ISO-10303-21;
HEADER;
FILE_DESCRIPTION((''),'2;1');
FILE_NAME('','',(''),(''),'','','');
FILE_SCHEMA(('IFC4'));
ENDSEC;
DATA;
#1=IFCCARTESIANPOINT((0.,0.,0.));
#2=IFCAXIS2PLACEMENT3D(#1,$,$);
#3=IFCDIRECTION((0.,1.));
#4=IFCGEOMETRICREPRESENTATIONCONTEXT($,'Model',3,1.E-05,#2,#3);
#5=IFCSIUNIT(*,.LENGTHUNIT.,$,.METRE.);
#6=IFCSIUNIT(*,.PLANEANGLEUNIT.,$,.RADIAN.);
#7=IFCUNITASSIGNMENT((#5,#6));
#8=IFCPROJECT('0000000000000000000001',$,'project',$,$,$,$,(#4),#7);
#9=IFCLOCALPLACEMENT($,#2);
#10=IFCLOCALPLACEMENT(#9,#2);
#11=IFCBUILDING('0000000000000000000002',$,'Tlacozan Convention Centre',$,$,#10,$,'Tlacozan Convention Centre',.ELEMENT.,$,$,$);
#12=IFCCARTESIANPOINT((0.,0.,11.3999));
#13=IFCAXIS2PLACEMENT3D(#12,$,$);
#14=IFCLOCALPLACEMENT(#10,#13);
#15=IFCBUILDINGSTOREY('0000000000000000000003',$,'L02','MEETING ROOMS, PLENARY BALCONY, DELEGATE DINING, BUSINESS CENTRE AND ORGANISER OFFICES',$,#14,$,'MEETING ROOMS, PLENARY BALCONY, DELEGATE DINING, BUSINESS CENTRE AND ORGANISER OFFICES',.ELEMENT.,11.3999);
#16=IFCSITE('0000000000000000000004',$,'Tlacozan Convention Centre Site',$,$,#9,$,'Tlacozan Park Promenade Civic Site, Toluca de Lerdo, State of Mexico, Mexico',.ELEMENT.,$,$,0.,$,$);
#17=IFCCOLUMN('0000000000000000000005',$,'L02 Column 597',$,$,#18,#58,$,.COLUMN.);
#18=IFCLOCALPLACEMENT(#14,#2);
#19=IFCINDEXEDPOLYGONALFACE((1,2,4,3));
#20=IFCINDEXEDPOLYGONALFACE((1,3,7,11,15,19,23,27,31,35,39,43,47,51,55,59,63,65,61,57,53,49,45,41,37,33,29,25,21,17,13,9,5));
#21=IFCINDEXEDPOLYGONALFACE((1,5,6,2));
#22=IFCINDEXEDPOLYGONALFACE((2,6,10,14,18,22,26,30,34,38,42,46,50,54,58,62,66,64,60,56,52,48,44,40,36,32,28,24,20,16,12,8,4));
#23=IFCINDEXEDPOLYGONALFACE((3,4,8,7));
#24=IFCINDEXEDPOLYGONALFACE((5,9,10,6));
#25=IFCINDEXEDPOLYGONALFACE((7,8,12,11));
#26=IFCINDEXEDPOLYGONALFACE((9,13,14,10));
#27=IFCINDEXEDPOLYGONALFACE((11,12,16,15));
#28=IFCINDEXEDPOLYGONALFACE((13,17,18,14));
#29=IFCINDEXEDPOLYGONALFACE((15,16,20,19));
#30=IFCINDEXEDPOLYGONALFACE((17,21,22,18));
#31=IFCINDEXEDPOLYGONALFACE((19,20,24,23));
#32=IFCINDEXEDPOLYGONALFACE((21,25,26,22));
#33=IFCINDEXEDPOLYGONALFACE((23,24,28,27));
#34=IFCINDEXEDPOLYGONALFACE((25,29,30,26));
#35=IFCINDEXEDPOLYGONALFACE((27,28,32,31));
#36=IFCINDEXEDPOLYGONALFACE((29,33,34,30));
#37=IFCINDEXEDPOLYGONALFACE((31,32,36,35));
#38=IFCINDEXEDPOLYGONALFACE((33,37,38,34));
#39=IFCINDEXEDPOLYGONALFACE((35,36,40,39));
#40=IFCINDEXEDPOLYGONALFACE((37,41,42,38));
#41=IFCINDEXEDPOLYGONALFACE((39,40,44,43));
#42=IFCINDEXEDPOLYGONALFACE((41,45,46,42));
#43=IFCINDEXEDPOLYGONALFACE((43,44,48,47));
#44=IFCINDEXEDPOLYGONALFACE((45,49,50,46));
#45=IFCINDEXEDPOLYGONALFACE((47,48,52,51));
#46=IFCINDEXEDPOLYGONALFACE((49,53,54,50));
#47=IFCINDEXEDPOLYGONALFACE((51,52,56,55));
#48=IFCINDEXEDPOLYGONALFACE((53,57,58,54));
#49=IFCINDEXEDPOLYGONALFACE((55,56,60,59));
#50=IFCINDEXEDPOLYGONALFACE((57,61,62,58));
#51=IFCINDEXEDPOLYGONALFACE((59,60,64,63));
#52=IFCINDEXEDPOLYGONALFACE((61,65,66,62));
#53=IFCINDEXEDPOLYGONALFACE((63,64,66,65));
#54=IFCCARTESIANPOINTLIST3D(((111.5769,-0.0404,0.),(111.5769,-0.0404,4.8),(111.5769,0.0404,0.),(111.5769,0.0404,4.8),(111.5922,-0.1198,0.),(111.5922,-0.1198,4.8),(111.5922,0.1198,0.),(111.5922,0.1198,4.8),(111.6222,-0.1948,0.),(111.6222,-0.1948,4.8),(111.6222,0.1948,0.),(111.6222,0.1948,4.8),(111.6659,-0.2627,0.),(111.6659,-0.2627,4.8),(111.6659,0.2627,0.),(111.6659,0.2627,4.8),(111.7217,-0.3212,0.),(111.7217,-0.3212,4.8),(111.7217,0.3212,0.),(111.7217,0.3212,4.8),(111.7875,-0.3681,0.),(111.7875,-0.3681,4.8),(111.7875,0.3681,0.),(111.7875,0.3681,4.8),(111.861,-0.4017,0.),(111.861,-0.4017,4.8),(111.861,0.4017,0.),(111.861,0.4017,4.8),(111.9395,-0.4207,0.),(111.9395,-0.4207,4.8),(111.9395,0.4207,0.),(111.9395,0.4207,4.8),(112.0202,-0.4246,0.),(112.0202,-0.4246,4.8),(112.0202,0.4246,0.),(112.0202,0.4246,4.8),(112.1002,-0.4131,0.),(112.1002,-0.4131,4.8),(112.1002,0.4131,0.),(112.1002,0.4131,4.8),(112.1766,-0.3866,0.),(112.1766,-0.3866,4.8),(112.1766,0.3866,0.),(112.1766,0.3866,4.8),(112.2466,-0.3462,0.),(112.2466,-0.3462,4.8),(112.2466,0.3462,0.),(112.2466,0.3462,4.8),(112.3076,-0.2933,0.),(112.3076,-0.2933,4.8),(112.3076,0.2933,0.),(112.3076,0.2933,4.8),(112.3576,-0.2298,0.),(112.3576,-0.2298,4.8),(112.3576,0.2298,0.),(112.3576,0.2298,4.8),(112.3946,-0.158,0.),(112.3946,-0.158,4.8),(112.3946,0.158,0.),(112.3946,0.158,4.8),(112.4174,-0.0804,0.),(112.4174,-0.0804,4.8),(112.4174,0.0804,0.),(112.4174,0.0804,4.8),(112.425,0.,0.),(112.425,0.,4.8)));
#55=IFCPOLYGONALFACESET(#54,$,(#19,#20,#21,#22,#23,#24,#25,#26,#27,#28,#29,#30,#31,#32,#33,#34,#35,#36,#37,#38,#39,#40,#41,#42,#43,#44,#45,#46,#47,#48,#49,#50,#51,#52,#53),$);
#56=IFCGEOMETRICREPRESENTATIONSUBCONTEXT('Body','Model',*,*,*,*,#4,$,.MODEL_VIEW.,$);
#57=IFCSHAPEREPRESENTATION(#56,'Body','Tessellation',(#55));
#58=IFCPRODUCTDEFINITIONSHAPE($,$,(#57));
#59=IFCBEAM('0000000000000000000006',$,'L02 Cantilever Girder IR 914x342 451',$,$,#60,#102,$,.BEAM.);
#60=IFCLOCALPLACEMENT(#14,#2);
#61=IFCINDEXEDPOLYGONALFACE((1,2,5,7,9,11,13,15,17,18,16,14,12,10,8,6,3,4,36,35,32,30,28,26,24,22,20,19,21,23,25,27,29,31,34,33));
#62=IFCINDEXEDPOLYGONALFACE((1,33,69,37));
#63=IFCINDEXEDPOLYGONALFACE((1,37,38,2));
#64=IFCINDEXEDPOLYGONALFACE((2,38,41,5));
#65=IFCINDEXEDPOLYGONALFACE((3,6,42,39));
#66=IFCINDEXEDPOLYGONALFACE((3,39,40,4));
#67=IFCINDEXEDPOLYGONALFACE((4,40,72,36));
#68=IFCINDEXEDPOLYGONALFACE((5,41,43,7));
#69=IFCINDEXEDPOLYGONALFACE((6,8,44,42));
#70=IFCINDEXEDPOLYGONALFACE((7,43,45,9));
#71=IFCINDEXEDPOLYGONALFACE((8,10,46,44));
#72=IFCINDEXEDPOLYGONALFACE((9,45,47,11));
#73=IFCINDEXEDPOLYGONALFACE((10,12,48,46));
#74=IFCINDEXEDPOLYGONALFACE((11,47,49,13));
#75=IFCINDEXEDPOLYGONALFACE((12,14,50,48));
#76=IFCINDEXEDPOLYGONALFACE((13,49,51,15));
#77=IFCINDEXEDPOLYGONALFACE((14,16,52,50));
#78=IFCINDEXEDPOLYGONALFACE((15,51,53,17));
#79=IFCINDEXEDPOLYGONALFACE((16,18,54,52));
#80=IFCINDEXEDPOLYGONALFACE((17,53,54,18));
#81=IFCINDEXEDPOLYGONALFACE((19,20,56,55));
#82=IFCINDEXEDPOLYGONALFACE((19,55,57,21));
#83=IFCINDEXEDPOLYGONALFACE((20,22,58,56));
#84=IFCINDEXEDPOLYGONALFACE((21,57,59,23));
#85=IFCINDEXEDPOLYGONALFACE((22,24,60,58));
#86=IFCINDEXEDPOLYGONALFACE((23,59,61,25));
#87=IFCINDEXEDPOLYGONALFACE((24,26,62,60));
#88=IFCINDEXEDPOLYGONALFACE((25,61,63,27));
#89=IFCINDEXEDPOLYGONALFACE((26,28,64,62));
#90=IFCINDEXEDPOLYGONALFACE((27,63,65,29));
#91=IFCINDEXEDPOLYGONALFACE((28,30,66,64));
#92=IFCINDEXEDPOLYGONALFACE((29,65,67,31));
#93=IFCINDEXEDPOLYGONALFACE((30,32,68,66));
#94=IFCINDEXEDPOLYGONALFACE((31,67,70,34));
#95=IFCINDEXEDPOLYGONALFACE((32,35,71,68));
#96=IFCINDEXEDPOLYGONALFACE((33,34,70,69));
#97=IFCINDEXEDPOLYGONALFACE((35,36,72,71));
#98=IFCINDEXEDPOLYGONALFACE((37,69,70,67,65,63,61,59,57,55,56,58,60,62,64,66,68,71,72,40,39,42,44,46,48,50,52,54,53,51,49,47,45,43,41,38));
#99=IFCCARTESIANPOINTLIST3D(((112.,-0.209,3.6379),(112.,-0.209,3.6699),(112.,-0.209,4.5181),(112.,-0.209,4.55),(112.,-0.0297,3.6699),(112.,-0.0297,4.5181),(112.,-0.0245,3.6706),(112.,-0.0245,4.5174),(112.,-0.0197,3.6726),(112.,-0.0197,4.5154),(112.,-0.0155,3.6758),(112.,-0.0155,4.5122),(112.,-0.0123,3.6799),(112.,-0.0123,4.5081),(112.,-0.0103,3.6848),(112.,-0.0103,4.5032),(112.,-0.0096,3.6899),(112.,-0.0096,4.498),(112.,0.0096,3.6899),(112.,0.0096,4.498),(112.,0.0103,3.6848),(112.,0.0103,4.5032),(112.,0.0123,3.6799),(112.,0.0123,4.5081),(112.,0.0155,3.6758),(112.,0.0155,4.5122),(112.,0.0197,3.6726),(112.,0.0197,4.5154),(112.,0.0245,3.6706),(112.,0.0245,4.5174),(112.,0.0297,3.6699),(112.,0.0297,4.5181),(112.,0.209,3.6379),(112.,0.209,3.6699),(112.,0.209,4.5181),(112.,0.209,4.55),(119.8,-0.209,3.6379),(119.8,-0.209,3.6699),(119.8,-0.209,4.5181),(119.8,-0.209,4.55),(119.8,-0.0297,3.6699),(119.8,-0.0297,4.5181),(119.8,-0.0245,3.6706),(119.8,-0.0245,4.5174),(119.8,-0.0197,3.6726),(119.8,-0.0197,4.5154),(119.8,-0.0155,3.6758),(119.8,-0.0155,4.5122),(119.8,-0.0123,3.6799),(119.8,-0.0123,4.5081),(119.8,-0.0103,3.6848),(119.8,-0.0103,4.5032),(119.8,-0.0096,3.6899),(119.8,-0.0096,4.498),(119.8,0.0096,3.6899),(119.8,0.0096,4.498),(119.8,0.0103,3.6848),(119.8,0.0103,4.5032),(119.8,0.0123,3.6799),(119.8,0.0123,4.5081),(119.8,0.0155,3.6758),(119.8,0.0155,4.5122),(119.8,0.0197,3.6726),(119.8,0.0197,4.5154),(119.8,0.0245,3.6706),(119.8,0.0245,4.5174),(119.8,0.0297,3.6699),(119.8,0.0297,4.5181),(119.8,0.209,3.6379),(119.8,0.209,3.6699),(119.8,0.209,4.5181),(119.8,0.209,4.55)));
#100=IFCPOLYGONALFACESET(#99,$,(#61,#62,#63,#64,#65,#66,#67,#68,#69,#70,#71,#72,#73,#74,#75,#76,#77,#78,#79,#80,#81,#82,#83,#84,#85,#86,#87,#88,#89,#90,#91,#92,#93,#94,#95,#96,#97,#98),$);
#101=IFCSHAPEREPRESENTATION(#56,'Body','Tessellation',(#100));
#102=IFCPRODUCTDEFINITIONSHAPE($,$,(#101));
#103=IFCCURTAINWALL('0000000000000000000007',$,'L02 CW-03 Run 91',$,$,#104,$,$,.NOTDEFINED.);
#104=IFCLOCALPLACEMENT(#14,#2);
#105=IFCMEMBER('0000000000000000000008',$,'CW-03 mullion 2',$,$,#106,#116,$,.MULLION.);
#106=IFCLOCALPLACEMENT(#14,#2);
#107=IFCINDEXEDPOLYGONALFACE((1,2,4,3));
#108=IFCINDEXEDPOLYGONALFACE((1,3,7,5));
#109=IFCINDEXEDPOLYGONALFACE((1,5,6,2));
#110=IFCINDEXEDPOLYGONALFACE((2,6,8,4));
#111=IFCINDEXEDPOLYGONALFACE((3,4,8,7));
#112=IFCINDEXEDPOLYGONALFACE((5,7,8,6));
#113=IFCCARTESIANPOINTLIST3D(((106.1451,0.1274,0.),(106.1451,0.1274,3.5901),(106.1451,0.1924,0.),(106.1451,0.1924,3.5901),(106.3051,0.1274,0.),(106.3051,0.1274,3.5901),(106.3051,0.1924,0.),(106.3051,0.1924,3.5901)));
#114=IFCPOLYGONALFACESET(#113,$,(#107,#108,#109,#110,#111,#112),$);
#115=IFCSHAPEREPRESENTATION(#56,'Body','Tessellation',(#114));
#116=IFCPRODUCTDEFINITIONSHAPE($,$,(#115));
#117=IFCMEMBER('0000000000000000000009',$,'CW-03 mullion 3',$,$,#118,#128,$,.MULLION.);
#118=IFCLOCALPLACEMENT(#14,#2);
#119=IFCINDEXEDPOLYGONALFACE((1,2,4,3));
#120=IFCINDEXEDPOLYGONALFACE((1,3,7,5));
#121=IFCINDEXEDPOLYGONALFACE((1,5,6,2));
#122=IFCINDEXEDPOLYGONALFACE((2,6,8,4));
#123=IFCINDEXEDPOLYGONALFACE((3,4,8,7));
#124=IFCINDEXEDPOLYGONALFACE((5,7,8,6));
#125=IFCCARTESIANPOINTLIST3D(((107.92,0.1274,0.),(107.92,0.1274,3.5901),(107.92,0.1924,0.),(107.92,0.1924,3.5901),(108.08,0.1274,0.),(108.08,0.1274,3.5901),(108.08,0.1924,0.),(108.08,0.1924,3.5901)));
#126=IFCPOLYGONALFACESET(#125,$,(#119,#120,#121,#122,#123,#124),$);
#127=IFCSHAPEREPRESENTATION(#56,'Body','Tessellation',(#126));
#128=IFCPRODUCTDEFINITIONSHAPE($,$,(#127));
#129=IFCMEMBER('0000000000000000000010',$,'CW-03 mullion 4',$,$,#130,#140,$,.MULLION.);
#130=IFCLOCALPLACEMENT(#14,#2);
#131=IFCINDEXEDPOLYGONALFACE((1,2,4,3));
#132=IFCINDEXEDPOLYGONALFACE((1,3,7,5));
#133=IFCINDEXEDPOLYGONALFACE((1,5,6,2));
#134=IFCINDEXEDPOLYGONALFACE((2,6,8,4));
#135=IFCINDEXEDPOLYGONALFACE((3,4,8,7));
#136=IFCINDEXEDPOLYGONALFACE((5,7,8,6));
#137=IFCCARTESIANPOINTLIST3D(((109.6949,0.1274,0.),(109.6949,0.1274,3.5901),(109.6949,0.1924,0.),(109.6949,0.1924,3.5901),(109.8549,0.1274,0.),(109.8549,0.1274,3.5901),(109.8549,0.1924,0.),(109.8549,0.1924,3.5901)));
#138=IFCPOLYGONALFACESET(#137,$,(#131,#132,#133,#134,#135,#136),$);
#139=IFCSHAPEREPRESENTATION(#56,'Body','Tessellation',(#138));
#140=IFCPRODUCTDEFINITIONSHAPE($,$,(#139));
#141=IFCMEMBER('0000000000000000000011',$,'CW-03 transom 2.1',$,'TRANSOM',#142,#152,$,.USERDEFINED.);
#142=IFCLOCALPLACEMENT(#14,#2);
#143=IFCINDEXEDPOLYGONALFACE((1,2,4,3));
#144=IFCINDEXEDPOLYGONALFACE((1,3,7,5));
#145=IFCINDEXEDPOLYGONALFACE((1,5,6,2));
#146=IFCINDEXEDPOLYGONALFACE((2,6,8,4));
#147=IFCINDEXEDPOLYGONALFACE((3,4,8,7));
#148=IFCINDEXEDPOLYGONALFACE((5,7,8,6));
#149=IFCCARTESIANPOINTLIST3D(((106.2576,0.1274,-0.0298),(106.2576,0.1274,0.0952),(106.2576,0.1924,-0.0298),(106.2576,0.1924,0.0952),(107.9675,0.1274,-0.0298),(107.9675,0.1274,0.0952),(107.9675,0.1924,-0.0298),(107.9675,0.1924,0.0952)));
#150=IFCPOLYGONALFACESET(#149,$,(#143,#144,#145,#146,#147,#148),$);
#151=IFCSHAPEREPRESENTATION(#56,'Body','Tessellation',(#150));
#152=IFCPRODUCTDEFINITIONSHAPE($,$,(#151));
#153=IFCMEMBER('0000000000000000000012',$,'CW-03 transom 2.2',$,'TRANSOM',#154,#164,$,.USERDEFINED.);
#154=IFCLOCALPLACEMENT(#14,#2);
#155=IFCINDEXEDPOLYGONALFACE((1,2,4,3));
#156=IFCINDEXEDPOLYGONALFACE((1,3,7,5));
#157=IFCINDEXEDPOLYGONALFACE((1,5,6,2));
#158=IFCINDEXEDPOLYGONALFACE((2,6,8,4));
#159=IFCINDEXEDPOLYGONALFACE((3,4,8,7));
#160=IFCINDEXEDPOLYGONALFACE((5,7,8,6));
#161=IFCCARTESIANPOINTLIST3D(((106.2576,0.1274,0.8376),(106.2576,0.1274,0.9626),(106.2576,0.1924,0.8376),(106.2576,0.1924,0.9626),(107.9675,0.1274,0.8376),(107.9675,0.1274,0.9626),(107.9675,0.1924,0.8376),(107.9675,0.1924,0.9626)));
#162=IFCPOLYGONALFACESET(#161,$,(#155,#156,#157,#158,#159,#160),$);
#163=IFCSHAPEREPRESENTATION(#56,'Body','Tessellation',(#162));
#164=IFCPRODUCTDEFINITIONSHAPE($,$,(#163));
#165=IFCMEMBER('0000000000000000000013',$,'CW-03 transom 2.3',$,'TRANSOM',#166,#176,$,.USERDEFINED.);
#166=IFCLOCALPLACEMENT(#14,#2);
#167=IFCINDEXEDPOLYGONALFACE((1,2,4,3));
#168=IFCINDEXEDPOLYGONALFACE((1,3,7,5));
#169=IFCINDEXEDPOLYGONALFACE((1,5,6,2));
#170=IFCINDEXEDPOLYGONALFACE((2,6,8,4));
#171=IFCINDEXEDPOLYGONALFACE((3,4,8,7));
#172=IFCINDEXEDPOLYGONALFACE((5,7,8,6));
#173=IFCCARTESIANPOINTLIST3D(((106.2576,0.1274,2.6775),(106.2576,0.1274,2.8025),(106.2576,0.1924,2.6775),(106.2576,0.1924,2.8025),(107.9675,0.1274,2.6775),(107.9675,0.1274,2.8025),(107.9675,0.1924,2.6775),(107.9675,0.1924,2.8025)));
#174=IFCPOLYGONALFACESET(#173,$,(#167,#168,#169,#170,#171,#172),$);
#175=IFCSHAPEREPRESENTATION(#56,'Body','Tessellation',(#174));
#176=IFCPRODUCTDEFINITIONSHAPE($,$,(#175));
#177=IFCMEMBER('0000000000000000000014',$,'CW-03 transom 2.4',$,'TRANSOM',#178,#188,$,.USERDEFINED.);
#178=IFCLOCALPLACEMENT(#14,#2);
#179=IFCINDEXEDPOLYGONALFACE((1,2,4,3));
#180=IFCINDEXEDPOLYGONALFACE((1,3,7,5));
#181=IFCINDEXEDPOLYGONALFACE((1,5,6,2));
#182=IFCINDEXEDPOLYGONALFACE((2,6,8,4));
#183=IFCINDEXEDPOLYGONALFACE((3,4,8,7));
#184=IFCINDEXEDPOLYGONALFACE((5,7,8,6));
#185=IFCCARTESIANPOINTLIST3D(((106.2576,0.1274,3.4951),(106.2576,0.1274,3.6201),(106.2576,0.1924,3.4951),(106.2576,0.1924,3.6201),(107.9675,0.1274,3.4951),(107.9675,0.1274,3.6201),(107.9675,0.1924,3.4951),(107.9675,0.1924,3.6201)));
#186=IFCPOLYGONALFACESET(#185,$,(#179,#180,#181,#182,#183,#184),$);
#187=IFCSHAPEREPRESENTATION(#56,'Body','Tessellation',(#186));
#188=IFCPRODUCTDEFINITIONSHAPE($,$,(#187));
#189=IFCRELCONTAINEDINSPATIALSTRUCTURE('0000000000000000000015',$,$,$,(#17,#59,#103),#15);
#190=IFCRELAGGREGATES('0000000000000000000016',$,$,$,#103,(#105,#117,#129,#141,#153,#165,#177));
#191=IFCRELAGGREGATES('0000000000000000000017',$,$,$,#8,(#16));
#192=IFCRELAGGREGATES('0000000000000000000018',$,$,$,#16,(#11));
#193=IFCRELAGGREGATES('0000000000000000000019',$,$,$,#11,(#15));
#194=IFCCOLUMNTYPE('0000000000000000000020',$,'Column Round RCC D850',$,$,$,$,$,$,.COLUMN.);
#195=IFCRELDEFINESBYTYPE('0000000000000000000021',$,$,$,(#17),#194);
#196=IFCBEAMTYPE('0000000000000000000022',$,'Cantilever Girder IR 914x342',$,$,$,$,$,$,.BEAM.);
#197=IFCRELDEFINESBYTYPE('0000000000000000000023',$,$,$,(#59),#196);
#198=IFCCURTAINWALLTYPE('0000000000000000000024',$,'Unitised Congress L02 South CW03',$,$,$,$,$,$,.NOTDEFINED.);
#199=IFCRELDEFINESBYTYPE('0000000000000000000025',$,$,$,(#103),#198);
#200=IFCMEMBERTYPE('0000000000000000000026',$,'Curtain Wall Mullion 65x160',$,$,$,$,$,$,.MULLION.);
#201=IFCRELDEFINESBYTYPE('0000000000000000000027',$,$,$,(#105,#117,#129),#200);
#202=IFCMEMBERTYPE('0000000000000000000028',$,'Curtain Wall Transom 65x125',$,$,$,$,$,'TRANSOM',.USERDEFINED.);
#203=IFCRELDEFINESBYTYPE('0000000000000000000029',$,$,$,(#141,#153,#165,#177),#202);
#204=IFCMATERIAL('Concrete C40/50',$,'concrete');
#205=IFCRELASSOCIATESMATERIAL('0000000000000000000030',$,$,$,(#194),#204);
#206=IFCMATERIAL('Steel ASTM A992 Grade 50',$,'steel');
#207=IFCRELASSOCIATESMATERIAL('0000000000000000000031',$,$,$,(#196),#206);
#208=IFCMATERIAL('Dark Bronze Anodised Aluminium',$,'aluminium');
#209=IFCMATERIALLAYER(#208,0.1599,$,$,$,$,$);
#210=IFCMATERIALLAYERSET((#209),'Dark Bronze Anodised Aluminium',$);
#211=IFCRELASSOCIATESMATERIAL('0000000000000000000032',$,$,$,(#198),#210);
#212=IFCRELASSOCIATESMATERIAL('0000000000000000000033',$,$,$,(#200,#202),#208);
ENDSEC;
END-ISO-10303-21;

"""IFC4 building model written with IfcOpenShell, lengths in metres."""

from ifc_helpers import new_model, si_unit, direction, frame, origin, origin_2d, place, context, subcontext, project, spatial, rectangle, circle, i_section, extrude, material, layer, layer_set, material_profile, profile_set, type_object, element, aggregate, save


model = new_model("IFC4")

# Units and contexts
model_context = context("Model", 3, precision=1e-05, world=origin(), true_north=direction((0.0, 1.0)))
body_context = subcontext(model_context, "Body", "Model", "MODEL_VIEW")
ifc_project = project(units=[si_unit("LENGTHUNIT", "METRE"), si_unit("PLANEANGLEUNIT", "RADIAN")], contexts=[model_context])

# Site, building, storey
site_placement = place(None, origin())
site = spatial("IfcSite", under=ifc_project, at=site_placement, Name="Tlacozan Convention Centre Site", LongName="Tlacozan Park Promenade Civic Site, Toluca de Lerdo, State of Mexico, Mexico", CompositionType="ELEMENT", RefElevation=0.0)
building_placement = place(site_placement, origin())
building = spatial("IfcBuilding", under=site, at=building_placement, Name="Tlacozan Convention Centre", LongName="Tlacozan Convention Centre", CompositionType="ELEMENT")
storey_placement = place(building_placement, frame((0.0, 0.0, 11.3999)))
storey = spatial("IfcBuildingStorey", under=building, at=storey_placement, Name="L02", Description="MEETING ROOMS, PLENARY BALCONY, DELEGATE DINING, BUSINESS CENTRE AND ORGANISER OFFICES", LongName="MEETING ROOMS, PLENARY BALCONY, DELEGATE DINING, BUSINESS CENTRE AND ORGANISER OFFICES", CompositionType="ELEMENT", Elevation=11.3999)

# Column
ifc_material_1 = material(Name="Concrete C40/50", Category="concrete")
ifc_material_profile_1 = material_profile(ifc_material_1, circle(Radius=0.425, at=origin_2d()), Name="RCC D850")
ifc_profile_set_1 = profile_set([ifc_material_profile_1], Name="Concrete C40/50")
column_type = type_object("IfcColumnType", Name="Column Round RCC D850", PredefinedType="COLUMN", material=ifc_profile_set_1)
column_placement = place(storey_placement, frame((112.0, 0.0, 0.0), z_axis=(0.0, 0.0, 1.0), x_axis=(1.0, 0.0, 0.0)))
element("IfcColumn", 1, at=column_placement, inside=storey, type_object=column_type, Name="L02 Column 597", PredefinedType="COLUMN", context=body_context, shape_type="SweptSolid", body=[
    extrude(circle(Radius=0.425, at=origin_2d()), origin(), (0.0, 0.0, 1.0), 4.8),
])

# Beam
ifc_material_2 = material(Name="Steel ASTM A992 Grade 50", Category="steel")
ifc_material_profile_2 = material_profile(ifc_material_2, i_section(OverallWidth=0.418, OverallDepth=0.9121, WebThickness=0.0193, FlangeThickness=0.032, FilletRadius=0.02, at=origin_2d()), Name="IR 914x342.0")
ifc_profile_set_2 = profile_set([ifc_material_profile_2], Name="Steel ASTM A992 Grade 50")
beam_type_1 = type_object("IfcBeamType", Name="Cantilever Girder IR 914x342", PredefinedType="BEAM", material=ifc_profile_set_2)
beam_1_placement = place(storey_placement, frame((112.0, 0.0, 4.094), z_axis=(1.0, 0.0, 0.0), x_axis=(0.0, 1.0, 0.0)))
element("IfcBeam", 2, at=beam_1_placement, inside=storey, type_object=beam_type_1, Name="L02 Cantilever Girder IR 914x342 451", PredefinedType="BEAM", context=body_context, shape_type="SweptSolid", body=[
    extrude(i_section(OverallWidth=0.418, OverallDepth=0.9121, WebThickness=0.0193, FlangeThickness=0.032, FilletRadius=0.02, at=origin_2d()), origin(), (0.0, 0.0, 1.0), 7.8),
])

# Curtain wall, members
ifc_material_3 = material(Name="Dark Bronze Anodised Aluminium", Category="aluminium")
ifc_layer_1 = layer(ifc_material_3, 0.1599)
ifc_layer_set_1 = layer_set([ifc_layer_1], Name="Dark Bronze Anodised Aluminium")
curtain_wall_type = type_object("IfcCurtainWallType", Name="Unitised Congress L02 South CW03", PredefinedType="NOTDEFINED", material=ifc_layer_set_1)
curtain_wall_placement = place(storey_placement, origin())
curtain_wall = element("IfcCurtainWall", 3, at=curtain_wall_placement, inside=storey, type_object=curtain_wall_type, Name="L02 CW-03 Run 91", PredefinedType="NOTDEFINED")
ifc_material_profile_3 = material_profile(ifc_material_3, rectangle(XDim=0.0649, YDim=0.1599, at=origin_2d()), Name="ALU 65x160")
ifc_profile_set_3 = profile_set([ifc_material_profile_3], Name="Dark Bronze Anodised Aluminium")
member_type_1 = type_object("IfcMemberType", Name="Curtain Wall Mullion 65x160", PredefinedType="MULLION", material=ifc_profile_set_3)
member_1_placement = place(storey_placement, frame((106.2251, 0.1599, 0.0), z_axis=(0.0, 0.0, 1.0), x_axis=(0.0, 1.0, 0.0)))
member_1 = element("IfcMember", 4, at=member_1_placement, type_object=member_type_1, Name="CW-03 mullion 2", PredefinedType="MULLION", context=body_context, shape_type="SweptSolid", body=[
    extrude(rectangle(XDim=0.0649, YDim=0.1599, at=origin_2d()), origin(), (0.0, 0.0, 1.0), 3.5901),
])
member_2_placement = place(storey_placement, frame((108.0, 0.1599, 0.0), z_axis=(0.0, 0.0, 1.0), x_axis=(0.0, 1.0, 0.0)))
member_2 = element("IfcMember", 5, at=member_2_placement, type_object=member_type_1, Name="CW-03 mullion 3", PredefinedType="MULLION", context=body_context, shape_type="SweptSolid", body=[
    extrude(rectangle(XDim=0.0649, YDim=0.1599, at=origin_2d()), origin(), (0.0, 0.0, 1.0), 3.5901),
])
member_3_placement = place(storey_placement, frame((109.7749, 0.1599, 0.0), z_axis=(0.0, 0.0, 1.0), x_axis=(0.0, 1.0, 0.0)))
member_3 = element("IfcMember", 6, at=member_3_placement, type_object=member_type_1, Name="CW-03 mullion 4", PredefinedType="MULLION", context=body_context, shape_type="SweptSolid", body=[
    extrude(rectangle(XDim=0.0649, YDim=0.1599, at=origin_2d()), origin(), (0.0, 0.0, 1.0), 3.5901),
])
ifc_material_profile_4 = material_profile(ifc_material_3, rectangle(XDim=0.0649, YDim=0.125, at=origin_2d()), Name="ALU 65x125")
ifc_profile_set_4 = profile_set([ifc_material_profile_4], Name="Dark Bronze Anodised Aluminium")
member_type_2 = type_object("IfcMemberType", Name="Curtain Wall Transom 65x125", ElementType="TRANSOM", PredefinedType="USERDEFINED", material=ifc_profile_set_4)
member_4_placement = place(storey_placement, frame((106.2576, 0.1599, 0.0327), z_axis=(1.0, 0.0, 0.0), x_axis=(0.0, 1.0, 0.0)))
member_4 = element("IfcMember", 7, at=member_4_placement, type_object=member_type_2, Name="CW-03 transom 2.1", ObjectType="TRANSOM", PredefinedType="USERDEFINED", context=body_context, shape_type="SweptSolid", body=[
    extrude(rectangle(XDim=0.0649, YDim=0.125, at=origin_2d()), origin(), (0.0, 0.0, 1.0), 1.71),
])
member_5_placement = place(storey_placement, frame((106.2576, 0.1599, 0.9001), z_axis=(1.0, 0.0, 0.0), x_axis=(0.0, 1.0, 0.0)))
member_5 = element("IfcMember", 8, at=member_5_placement, type_object=member_type_2, Name="CW-03 transom 2.2", ObjectType="TRANSOM", PredefinedType="USERDEFINED", context=body_context, shape_type="SweptSolid", body=[
    extrude(rectangle(XDim=0.0649, YDim=0.125, at=origin_2d()), origin(), (0.0, 0.0, 1.0), 1.71),
])
member_6_placement = place(storey_placement, frame((106.2576, 0.1599, 2.74), z_axis=(1.0, 0.0, 0.0), x_axis=(0.0, 1.0, 0.0)))
member_6 = element("IfcMember", 9, at=member_6_placement, type_object=member_type_2, Name="CW-03 transom 2.3", ObjectType="TRANSOM", PredefinedType="USERDEFINED", context=body_context, shape_type="SweptSolid", body=[
    extrude(rectangle(XDim=0.0649, YDim=0.125, at=origin_2d()), origin(), (0.0, 0.0, 1.0), 1.71),
])
member_7_placement = place(storey_placement, frame((106.2576, 0.1599, 3.5576), z_axis=(1.0, 0.0, 0.0), x_axis=(0.0, 1.0, 0.0)))
member_7 = element("IfcMember", 10, at=member_7_placement, type_object=member_type_2, Name="CW-03 transom 2.4", ObjectType="TRANSOM", PredefinedType="USERDEFINED", context=body_context, shape_type="SweptSolid", body=[
    extrude(rectangle(XDim=0.0649, YDim=0.125, at=origin_2d()), origin(), (0.0, 0.0, 1.0), 1.71),
])

aggregate(curtain_wall, [member_1, member_2, member_3, member_4, member_5, member_6, member_7])

save(model, "model.ifc")
